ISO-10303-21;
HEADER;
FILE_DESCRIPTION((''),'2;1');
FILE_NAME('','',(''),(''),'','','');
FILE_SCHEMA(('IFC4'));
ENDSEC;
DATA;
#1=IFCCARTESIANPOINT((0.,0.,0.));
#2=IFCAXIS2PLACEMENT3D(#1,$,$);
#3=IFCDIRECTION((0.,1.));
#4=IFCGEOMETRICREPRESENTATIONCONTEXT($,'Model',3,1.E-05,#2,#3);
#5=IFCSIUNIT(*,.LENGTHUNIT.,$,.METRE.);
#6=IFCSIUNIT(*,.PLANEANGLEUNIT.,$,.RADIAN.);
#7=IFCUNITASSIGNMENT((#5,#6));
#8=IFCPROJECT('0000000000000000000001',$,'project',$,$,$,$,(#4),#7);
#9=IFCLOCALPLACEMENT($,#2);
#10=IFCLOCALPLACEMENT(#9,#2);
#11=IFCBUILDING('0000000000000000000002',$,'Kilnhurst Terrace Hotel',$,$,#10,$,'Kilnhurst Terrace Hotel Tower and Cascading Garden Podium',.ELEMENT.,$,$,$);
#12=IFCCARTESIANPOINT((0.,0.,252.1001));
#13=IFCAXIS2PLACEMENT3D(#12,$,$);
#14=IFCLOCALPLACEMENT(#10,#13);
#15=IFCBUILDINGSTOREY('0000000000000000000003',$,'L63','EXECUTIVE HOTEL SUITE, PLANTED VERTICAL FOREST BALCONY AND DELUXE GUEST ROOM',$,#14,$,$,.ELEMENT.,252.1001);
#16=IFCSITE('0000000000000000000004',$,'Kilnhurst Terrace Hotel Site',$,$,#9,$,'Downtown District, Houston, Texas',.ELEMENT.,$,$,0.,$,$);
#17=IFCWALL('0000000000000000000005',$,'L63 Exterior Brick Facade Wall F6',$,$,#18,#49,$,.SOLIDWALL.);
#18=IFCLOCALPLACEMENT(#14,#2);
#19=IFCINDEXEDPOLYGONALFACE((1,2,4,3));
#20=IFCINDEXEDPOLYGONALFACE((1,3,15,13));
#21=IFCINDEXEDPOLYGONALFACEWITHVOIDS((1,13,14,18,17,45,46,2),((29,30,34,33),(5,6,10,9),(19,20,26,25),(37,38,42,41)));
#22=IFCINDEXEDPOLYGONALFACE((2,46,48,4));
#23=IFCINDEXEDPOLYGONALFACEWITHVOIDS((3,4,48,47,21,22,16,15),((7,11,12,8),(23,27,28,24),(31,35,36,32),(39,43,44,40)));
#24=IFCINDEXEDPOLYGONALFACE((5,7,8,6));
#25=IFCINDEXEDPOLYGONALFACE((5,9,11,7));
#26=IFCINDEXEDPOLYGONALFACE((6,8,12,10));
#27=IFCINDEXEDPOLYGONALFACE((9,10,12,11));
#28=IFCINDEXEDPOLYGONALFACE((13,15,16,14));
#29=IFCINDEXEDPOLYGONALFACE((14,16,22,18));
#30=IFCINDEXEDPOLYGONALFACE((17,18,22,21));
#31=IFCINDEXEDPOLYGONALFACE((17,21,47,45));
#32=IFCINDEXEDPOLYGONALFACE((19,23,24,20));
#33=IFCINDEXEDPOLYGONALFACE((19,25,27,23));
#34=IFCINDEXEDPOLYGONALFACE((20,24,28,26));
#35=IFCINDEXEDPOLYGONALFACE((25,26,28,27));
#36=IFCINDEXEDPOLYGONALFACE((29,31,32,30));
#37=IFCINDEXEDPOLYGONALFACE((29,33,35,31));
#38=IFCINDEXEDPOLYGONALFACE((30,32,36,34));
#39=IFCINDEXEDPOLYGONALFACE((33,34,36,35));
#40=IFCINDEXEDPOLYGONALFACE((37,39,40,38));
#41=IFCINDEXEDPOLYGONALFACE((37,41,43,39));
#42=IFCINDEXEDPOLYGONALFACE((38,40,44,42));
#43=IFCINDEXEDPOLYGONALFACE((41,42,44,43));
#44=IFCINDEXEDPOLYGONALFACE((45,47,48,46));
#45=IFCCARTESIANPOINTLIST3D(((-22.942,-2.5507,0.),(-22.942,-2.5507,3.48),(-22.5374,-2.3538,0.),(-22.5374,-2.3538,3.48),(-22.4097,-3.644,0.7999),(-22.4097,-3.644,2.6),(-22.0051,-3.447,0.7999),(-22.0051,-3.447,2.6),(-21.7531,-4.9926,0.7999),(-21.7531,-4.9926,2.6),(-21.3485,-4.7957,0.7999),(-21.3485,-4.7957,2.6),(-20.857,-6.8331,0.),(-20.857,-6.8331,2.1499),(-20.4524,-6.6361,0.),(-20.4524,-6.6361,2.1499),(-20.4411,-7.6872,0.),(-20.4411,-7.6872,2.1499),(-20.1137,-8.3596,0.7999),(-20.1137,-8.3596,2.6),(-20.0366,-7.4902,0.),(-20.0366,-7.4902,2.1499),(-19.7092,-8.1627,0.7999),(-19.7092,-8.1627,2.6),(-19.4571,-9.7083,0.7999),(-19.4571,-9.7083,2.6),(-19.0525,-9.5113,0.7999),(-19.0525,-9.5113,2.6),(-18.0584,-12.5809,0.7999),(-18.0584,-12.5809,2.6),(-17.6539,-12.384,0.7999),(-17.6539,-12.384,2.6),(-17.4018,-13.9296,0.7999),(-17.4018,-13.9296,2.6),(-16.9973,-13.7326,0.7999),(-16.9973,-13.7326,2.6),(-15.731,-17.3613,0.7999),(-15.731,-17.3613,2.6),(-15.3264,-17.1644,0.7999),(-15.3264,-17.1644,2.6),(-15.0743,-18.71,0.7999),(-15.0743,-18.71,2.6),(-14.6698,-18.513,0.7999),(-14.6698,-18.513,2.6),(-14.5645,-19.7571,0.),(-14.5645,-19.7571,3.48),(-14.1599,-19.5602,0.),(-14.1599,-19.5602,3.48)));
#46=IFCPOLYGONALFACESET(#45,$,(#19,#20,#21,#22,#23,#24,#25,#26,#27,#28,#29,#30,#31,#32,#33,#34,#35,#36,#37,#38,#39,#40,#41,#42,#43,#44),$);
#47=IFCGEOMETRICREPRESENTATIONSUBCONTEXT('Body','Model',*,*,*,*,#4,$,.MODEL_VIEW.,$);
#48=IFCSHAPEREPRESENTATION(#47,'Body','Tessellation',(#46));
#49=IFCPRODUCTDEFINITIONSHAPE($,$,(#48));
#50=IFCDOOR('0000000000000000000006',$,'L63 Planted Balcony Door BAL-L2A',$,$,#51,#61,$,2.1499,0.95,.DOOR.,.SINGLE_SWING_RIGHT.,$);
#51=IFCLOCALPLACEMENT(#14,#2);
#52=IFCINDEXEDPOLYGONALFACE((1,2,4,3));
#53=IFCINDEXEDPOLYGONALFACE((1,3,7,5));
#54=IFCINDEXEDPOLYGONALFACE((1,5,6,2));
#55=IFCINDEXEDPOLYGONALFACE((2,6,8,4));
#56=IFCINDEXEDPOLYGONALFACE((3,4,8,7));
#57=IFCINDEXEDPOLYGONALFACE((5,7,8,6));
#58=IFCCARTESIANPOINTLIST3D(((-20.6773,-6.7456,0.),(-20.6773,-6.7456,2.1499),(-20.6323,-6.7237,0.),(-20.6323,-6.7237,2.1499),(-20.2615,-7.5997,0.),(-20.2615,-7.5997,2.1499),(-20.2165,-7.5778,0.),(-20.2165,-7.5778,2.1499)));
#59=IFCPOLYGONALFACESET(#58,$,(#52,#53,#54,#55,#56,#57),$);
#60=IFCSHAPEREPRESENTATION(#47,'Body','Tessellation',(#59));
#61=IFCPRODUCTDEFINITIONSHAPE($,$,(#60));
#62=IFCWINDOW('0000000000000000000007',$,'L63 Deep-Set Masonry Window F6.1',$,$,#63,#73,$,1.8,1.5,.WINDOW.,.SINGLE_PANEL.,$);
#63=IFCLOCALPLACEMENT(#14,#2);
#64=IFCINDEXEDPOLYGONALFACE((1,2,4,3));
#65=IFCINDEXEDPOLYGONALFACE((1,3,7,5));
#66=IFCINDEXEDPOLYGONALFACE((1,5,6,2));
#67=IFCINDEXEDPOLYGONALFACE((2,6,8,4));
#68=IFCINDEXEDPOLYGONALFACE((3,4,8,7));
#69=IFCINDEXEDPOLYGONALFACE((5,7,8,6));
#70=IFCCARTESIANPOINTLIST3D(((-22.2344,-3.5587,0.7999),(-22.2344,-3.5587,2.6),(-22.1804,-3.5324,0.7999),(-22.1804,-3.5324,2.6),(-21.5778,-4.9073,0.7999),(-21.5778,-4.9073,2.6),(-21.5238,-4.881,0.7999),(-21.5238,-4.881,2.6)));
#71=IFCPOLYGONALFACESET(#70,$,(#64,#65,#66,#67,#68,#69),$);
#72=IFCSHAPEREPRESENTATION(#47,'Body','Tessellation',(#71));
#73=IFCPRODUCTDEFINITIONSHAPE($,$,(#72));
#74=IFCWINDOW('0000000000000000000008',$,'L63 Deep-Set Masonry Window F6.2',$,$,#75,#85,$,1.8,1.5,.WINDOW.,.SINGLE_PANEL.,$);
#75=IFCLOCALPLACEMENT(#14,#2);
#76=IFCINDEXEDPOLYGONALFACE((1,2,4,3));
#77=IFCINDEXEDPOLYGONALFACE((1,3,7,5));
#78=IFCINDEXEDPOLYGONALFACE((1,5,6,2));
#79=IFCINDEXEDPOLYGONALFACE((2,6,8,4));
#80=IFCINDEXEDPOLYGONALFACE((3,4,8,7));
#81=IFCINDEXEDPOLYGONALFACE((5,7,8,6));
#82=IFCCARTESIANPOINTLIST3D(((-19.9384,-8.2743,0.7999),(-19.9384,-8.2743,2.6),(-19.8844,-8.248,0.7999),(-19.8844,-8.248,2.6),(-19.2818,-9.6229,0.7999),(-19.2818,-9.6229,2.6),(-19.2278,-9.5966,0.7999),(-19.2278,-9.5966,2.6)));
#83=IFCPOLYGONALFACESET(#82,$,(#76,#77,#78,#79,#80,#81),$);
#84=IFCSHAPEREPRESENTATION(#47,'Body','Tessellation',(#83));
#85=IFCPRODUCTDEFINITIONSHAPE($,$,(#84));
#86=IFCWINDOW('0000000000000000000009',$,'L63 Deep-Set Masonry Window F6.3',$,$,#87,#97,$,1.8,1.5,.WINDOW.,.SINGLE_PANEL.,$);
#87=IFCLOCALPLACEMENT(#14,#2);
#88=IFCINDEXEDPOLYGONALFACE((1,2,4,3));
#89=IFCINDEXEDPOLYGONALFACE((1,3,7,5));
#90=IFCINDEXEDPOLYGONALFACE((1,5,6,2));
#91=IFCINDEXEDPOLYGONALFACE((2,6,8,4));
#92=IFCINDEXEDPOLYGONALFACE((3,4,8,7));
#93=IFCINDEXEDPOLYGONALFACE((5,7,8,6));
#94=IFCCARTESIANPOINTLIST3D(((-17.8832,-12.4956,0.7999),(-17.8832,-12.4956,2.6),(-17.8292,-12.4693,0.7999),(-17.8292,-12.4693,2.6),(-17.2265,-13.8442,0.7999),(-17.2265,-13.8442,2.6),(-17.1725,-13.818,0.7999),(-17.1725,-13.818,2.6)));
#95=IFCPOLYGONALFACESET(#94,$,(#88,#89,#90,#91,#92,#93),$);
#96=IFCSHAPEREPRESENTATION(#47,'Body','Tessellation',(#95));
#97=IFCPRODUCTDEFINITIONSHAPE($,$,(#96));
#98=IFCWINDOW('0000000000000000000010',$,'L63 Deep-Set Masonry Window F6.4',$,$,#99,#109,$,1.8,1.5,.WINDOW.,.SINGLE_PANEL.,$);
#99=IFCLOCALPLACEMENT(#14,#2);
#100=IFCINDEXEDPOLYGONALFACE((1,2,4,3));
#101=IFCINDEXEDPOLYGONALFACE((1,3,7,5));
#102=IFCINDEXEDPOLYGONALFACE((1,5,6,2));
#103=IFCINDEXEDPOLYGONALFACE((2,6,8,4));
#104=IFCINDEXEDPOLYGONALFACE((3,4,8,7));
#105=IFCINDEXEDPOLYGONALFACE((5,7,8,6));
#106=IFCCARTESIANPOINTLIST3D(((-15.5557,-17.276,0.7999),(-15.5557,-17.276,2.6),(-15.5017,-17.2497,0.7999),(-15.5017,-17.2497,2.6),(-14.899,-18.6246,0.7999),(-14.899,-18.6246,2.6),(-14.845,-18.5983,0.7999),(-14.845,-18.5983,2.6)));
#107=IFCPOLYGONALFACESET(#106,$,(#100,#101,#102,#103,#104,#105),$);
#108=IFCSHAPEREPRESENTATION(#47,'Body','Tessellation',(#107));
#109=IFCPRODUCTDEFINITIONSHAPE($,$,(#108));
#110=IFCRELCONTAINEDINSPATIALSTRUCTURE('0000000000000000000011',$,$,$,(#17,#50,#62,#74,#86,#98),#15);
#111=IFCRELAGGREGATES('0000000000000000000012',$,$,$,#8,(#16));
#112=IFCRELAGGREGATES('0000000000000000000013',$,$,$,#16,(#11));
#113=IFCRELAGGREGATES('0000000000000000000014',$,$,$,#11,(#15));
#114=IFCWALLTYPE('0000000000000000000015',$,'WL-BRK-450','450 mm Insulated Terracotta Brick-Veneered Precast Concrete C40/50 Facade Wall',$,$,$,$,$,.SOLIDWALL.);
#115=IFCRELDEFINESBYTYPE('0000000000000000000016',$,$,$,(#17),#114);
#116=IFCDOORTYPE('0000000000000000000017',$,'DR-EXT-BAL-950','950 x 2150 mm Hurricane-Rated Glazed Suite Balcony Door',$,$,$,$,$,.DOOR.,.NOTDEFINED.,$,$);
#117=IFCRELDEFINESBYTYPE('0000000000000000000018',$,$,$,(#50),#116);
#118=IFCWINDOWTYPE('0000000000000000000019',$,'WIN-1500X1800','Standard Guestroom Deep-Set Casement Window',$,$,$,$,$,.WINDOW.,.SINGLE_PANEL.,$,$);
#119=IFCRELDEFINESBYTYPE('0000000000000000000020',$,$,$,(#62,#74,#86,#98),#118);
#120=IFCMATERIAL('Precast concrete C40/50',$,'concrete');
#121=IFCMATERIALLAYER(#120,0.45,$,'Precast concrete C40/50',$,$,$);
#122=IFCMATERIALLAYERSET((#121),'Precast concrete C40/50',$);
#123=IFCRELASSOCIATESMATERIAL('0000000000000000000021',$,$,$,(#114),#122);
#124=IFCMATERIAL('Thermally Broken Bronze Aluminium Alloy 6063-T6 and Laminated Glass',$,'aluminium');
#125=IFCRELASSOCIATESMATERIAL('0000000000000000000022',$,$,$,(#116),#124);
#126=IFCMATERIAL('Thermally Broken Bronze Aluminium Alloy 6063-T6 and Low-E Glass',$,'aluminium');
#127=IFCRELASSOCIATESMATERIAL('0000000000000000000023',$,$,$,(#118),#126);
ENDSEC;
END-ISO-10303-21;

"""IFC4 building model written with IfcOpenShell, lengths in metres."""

from ifc_helpers import new_model, si_unit, direction, frame, frame_2d, origin, place, context, subcontext, project, spatial, rectangle, extrude, material, layer, layer_set, type_object, element, fill, save


model = new_model("IFC4")

# Units and contexts
model_context = context("Model", 3, precision=1e-05, world=origin(), true_north=direction((0.0, 1.0)))
body_context = subcontext(model_context, "Body", "Model", "MODEL_VIEW")
ifc_project = project(units=[si_unit("LENGTHUNIT", "METRE"), si_unit("PLANEANGLEUNIT", "RADIAN")], contexts=[model_context])

# Site, building, storey
site_placement = place(None, origin())
site = spatial("IfcSite", under=ifc_project, at=site_placement, Name="Kilnhurst Terrace Hotel Site", LongName="Downtown District, Houston, Texas", CompositionType="ELEMENT", RefElevation=0.0)
building_placement = place(site_placement, origin())
building = spatial("IfcBuilding", under=site, at=building_placement, Name="Kilnhurst Terrace Hotel", LongName="Kilnhurst Terrace Hotel Tower and Cascading Garden Podium", CompositionType="ELEMENT")
storey_placement = place(building_placement, frame((0.0, 0.0, 252.1001)))
storey = spatial("IfcBuildingStorey", under=building, at=storey_placement, Name="L63", Description="EXECUTIVE HOTEL SUITE, PLANTED VERTICAL FOREST BALCONY AND DELUXE GUEST ROOM", CompositionType="ELEMENT", Elevation=252.1001)

# Shared definitions
ifc_material_1 = material(Name="Precast concrete C40/50", Category="concrete")
ifc_layer_1 = layer(ifc_material_1, 0.45, Name="Precast concrete C40/50")
ifc_layer_set_1 = layer_set([ifc_layer_1], Name="Precast concrete C40/50")
wall_type_1 = type_object("IfcWallType", Name="WL-BRK-450", Description="450 mm Insulated Terracotta Brick-Veneered Precast Concrete C40/50 Facade Wall", PredefinedType="SOLIDWALL", material=ifc_layer_set_1)

# Wall, openings, door, windows
wall_1_placement = place(storey_placement, frame((-22.7397, -2.4521, 0.0), z_axis=(0.0, 0.0, 1.0), x_axis=(0.437753, -0.899095, 0.0)))
wall_1 = element("IfcWall", 1, at=wall_1_placement, inside=storey, type_object=wall_type_1, Name="L63 Exterior Brick Facade Wall F6", PredefinedType="SOLIDWALL", context=body_context, shape_type="SweptSolid", body=[
    extrude(rectangle(XDim=19.1375, YDim=0.45, at=frame_2d((9.5688, 0.0))), origin(), (0.0, 0.0, 1.0), 3.48),
])
opening_1_placement = place(wall_1_placement, frame((4.7629, 0.0, 0.0)))
opening_1 = element("IfcOpeningElement", 2, at=opening_1_placement, cuts=wall_1, PredefinedType="OPENING", context=body_context, shape_type="SweptSolid", body=[
    extrude(rectangle(XDim=0.95, YDim=2.1499, at=frame_2d((0.4751, 1.075))), frame((0.0, 0.2349, 0.0), z_axis=(0.0, -1.0, 0.0), x_axis=(1.0, 0.0, 0.0)), (0.0, 0.0, 1.0), 0.47),
])
opening_2_placement = place(wall_1_placement, frame((1.2161, 0.0, 0.8)))
opening_2 = element("IfcOpeningElement", 3, at=opening_2_placement, cuts=wall_1, PredefinedType="OPENING", context=body_context, shape_type="SweptSolid", body=[
    extrude(rectangle(XDim=1.5, YDim=1.8, at=frame_2d((0.75, 0.8999))), frame((0.0, 0.2349, 0.0), z_axis=(0.0, -1.0, 0.0), x_axis=(1.0, 0.0, 0.0)), (0.0, 0.0, 1.0), 0.47),
])
opening_3_placement = place(wall_1_placement, frame((6.4609, 0.0, 0.8)))
opening_3 = element("IfcOpeningElement", 4, at=opening_3_placement, cuts=wall_1, PredefinedType="OPENING", context=body_context, shape_type="SweptSolid", body=[
    extrude(rectangle(XDim=1.5, YDim=1.8, at=frame_2d((0.75, 0.8999))), frame((0.0, 0.2349, 0.0), z_axis=(0.0, -1.0, 0.0), x_axis=(1.0, 0.0, 0.0)), (0.0, 0.0, 1.0), 0.47),
])
opening_4_placement = place(wall_1_placement, frame((11.156, 0.0, 0.8)))
opening_4 = element("IfcOpeningElement", 5, at=opening_4_placement, cuts=wall_1, PredefinedType="OPENING", context=body_context, shape_type="SweptSolid", body=[
    extrude(rectangle(XDim=1.5, YDim=1.8, at=frame_2d((0.75, 0.8999))), frame((0.0, 0.2349, 0.0), z_axis=(0.0, -1.0, 0.0), x_axis=(1.0, 0.0, 0.0)), (0.0, 0.0, 1.0), 0.47),
])
opening_5_placement = place(wall_1_placement, frame((16.4729, 0.0, 0.8)))
opening_5 = element("IfcOpeningElement", 6, at=opening_5_placement, cuts=wall_1, PredefinedType="OPENING", context=body_context, shape_type="SweptSolid", body=[
    extrude(rectangle(XDim=1.5, YDim=1.8, at=frame_2d((0.75, 0.8999))), frame((0.0, 0.2349, 0.0), z_axis=(0.0, -1.0, 0.0), x_axis=(1.0, 0.0, 0.0)), (0.0, 0.0, 1.0), 0.47),
])
ifc_material_2 = material(Name="Thermally Broken Bronze Aluminium Alloy 6063-T6 and Laminated Glass", Category="aluminium")
door_type_1 = type_object("IfcDoorType", Name="DR-EXT-BAL-950", Description="950 x 2150 mm Hurricane-Rated Glazed Suite Balcony Door", OperationType="NOTDEFINED", PredefinedType="DOOR", material=ifc_material_2)
door_1_placement = place(opening_1_placement, origin())
door_1 = element("IfcDoor", 7, at=door_1_placement, inside=storey, type_object=door_type_1, Name="L63 Planted Balcony Door BAL-L2A", OperationType="SINGLE_SWING_RIGHT", OverallHeight=2.1499, OverallWidth=0.95, PredefinedType="DOOR", context=body_context, shape_type="SweptSolid", body=[
    extrude(rectangle(XDim=0.95, YDim=2.1499, at=frame_2d((0.4751, 1.075))), frame((0.0, 0.0249, 0.0), z_axis=(0.0, -1.0, 0.0), x_axis=(1.0, 0.0, 0.0)), (0.0, 0.0, 1.0), 0.05),
])
fill(opening_1, door_1)
ifc_material_3 = material(Name="Thermally Broken Bronze Aluminium Alloy 6063-T6 and Low-E Glass", Category="aluminium")
window_type = type_object("IfcWindowType", Name="WIN-1500X1800", Description="Standard Guestroom Deep-Set Casement Window", PartitioningType="SINGLE_PANEL", PredefinedType="WINDOW", material=ifc_material_3)
window_1_placement = place(opening_2_placement, origin())
window_1 = element("IfcWindow", 8, at=window_1_placement, inside=storey, type_object=window_type, Name="L63 Deep-Set Masonry Window F6.1", OverallHeight=1.8, OverallWidth=1.5, PartitioningType="SINGLE_PANEL", PredefinedType="WINDOW", context=body_context, shape_type="SweptSolid", body=[
    extrude(rectangle(XDim=1.5, YDim=1.8, at=frame_2d((0.75, 0.8999))), frame((0.0, 0.03, 0.0), z_axis=(0.0, -1.0, 0.0), x_axis=(1.0, 0.0, 0.0)), (0.0, 0.0, 1.0), 0.0601),
])
fill(opening_2, window_1)
window_2_placement = place(opening_3_placement, origin())
window_2 = element("IfcWindow", 9, at=window_2_placement, inside=storey, type_object=window_type, Name="L63 Deep-Set Masonry Window F6.2", OverallHeight=1.8, OverallWidth=1.5, PartitioningType="SINGLE_PANEL", PredefinedType="WINDOW", context=body_context, shape_type="SweptSolid", body=[
    extrude(rectangle(XDim=1.5, YDim=1.8, at=frame_2d((0.75, 0.8999))), frame((0.0, 0.03, 0.0), z_axis=(0.0, -1.0, 0.0), x_axis=(1.0, 0.0, 0.0)), (0.0, 0.0, 1.0), 0.0601),
])
fill(opening_3, window_2)
window_3_placement = place(opening_4_placement, origin())
window_3 = element("IfcWindow", 10, at=window_3_placement, inside=storey, type_object=window_type, Name="L63 Deep-Set Masonry Window F6.3", OverallHeight=1.8, OverallWidth=1.5, PartitioningType="SINGLE_PANEL", PredefinedType="WINDOW", context=body_context, shape_type="SweptSolid", body=[
    extrude(rectangle(XDim=1.5, YDim=1.8, at=frame_2d((0.75, 0.8999))), frame((0.0, 0.03, 0.0), z_axis=(0.0, -1.0, 0.0), x_axis=(1.0, 0.0, 0.0)), (0.0, 0.0, 1.0), 0.0601),
])
fill(opening_4, window_3)
window_4_placement = place(opening_5_placement, origin())
window_4 = element("IfcWindow", 11, at=window_4_placement, inside=storey, type_object=window_type, Name="L63 Deep-Set Masonry Window F6.4", OverallHeight=1.8, OverallWidth=1.5, PartitioningType="SINGLE_PANEL", PredefinedType="WINDOW", context=body_context, shape_type="SweptSolid", body=[
    extrude(rectangle(XDim=1.5, YDim=1.8, at=frame_2d((0.75, 0.8999))), frame((0.0, 0.03, 0.0), z_axis=(0.0, -1.0, 0.0), x_axis=(1.0, 0.0, 0.0)), (0.0, 0.0, 1.0), 0.0601),
])
fill(opening_5, window_4)

save(model, "model.ifc")
